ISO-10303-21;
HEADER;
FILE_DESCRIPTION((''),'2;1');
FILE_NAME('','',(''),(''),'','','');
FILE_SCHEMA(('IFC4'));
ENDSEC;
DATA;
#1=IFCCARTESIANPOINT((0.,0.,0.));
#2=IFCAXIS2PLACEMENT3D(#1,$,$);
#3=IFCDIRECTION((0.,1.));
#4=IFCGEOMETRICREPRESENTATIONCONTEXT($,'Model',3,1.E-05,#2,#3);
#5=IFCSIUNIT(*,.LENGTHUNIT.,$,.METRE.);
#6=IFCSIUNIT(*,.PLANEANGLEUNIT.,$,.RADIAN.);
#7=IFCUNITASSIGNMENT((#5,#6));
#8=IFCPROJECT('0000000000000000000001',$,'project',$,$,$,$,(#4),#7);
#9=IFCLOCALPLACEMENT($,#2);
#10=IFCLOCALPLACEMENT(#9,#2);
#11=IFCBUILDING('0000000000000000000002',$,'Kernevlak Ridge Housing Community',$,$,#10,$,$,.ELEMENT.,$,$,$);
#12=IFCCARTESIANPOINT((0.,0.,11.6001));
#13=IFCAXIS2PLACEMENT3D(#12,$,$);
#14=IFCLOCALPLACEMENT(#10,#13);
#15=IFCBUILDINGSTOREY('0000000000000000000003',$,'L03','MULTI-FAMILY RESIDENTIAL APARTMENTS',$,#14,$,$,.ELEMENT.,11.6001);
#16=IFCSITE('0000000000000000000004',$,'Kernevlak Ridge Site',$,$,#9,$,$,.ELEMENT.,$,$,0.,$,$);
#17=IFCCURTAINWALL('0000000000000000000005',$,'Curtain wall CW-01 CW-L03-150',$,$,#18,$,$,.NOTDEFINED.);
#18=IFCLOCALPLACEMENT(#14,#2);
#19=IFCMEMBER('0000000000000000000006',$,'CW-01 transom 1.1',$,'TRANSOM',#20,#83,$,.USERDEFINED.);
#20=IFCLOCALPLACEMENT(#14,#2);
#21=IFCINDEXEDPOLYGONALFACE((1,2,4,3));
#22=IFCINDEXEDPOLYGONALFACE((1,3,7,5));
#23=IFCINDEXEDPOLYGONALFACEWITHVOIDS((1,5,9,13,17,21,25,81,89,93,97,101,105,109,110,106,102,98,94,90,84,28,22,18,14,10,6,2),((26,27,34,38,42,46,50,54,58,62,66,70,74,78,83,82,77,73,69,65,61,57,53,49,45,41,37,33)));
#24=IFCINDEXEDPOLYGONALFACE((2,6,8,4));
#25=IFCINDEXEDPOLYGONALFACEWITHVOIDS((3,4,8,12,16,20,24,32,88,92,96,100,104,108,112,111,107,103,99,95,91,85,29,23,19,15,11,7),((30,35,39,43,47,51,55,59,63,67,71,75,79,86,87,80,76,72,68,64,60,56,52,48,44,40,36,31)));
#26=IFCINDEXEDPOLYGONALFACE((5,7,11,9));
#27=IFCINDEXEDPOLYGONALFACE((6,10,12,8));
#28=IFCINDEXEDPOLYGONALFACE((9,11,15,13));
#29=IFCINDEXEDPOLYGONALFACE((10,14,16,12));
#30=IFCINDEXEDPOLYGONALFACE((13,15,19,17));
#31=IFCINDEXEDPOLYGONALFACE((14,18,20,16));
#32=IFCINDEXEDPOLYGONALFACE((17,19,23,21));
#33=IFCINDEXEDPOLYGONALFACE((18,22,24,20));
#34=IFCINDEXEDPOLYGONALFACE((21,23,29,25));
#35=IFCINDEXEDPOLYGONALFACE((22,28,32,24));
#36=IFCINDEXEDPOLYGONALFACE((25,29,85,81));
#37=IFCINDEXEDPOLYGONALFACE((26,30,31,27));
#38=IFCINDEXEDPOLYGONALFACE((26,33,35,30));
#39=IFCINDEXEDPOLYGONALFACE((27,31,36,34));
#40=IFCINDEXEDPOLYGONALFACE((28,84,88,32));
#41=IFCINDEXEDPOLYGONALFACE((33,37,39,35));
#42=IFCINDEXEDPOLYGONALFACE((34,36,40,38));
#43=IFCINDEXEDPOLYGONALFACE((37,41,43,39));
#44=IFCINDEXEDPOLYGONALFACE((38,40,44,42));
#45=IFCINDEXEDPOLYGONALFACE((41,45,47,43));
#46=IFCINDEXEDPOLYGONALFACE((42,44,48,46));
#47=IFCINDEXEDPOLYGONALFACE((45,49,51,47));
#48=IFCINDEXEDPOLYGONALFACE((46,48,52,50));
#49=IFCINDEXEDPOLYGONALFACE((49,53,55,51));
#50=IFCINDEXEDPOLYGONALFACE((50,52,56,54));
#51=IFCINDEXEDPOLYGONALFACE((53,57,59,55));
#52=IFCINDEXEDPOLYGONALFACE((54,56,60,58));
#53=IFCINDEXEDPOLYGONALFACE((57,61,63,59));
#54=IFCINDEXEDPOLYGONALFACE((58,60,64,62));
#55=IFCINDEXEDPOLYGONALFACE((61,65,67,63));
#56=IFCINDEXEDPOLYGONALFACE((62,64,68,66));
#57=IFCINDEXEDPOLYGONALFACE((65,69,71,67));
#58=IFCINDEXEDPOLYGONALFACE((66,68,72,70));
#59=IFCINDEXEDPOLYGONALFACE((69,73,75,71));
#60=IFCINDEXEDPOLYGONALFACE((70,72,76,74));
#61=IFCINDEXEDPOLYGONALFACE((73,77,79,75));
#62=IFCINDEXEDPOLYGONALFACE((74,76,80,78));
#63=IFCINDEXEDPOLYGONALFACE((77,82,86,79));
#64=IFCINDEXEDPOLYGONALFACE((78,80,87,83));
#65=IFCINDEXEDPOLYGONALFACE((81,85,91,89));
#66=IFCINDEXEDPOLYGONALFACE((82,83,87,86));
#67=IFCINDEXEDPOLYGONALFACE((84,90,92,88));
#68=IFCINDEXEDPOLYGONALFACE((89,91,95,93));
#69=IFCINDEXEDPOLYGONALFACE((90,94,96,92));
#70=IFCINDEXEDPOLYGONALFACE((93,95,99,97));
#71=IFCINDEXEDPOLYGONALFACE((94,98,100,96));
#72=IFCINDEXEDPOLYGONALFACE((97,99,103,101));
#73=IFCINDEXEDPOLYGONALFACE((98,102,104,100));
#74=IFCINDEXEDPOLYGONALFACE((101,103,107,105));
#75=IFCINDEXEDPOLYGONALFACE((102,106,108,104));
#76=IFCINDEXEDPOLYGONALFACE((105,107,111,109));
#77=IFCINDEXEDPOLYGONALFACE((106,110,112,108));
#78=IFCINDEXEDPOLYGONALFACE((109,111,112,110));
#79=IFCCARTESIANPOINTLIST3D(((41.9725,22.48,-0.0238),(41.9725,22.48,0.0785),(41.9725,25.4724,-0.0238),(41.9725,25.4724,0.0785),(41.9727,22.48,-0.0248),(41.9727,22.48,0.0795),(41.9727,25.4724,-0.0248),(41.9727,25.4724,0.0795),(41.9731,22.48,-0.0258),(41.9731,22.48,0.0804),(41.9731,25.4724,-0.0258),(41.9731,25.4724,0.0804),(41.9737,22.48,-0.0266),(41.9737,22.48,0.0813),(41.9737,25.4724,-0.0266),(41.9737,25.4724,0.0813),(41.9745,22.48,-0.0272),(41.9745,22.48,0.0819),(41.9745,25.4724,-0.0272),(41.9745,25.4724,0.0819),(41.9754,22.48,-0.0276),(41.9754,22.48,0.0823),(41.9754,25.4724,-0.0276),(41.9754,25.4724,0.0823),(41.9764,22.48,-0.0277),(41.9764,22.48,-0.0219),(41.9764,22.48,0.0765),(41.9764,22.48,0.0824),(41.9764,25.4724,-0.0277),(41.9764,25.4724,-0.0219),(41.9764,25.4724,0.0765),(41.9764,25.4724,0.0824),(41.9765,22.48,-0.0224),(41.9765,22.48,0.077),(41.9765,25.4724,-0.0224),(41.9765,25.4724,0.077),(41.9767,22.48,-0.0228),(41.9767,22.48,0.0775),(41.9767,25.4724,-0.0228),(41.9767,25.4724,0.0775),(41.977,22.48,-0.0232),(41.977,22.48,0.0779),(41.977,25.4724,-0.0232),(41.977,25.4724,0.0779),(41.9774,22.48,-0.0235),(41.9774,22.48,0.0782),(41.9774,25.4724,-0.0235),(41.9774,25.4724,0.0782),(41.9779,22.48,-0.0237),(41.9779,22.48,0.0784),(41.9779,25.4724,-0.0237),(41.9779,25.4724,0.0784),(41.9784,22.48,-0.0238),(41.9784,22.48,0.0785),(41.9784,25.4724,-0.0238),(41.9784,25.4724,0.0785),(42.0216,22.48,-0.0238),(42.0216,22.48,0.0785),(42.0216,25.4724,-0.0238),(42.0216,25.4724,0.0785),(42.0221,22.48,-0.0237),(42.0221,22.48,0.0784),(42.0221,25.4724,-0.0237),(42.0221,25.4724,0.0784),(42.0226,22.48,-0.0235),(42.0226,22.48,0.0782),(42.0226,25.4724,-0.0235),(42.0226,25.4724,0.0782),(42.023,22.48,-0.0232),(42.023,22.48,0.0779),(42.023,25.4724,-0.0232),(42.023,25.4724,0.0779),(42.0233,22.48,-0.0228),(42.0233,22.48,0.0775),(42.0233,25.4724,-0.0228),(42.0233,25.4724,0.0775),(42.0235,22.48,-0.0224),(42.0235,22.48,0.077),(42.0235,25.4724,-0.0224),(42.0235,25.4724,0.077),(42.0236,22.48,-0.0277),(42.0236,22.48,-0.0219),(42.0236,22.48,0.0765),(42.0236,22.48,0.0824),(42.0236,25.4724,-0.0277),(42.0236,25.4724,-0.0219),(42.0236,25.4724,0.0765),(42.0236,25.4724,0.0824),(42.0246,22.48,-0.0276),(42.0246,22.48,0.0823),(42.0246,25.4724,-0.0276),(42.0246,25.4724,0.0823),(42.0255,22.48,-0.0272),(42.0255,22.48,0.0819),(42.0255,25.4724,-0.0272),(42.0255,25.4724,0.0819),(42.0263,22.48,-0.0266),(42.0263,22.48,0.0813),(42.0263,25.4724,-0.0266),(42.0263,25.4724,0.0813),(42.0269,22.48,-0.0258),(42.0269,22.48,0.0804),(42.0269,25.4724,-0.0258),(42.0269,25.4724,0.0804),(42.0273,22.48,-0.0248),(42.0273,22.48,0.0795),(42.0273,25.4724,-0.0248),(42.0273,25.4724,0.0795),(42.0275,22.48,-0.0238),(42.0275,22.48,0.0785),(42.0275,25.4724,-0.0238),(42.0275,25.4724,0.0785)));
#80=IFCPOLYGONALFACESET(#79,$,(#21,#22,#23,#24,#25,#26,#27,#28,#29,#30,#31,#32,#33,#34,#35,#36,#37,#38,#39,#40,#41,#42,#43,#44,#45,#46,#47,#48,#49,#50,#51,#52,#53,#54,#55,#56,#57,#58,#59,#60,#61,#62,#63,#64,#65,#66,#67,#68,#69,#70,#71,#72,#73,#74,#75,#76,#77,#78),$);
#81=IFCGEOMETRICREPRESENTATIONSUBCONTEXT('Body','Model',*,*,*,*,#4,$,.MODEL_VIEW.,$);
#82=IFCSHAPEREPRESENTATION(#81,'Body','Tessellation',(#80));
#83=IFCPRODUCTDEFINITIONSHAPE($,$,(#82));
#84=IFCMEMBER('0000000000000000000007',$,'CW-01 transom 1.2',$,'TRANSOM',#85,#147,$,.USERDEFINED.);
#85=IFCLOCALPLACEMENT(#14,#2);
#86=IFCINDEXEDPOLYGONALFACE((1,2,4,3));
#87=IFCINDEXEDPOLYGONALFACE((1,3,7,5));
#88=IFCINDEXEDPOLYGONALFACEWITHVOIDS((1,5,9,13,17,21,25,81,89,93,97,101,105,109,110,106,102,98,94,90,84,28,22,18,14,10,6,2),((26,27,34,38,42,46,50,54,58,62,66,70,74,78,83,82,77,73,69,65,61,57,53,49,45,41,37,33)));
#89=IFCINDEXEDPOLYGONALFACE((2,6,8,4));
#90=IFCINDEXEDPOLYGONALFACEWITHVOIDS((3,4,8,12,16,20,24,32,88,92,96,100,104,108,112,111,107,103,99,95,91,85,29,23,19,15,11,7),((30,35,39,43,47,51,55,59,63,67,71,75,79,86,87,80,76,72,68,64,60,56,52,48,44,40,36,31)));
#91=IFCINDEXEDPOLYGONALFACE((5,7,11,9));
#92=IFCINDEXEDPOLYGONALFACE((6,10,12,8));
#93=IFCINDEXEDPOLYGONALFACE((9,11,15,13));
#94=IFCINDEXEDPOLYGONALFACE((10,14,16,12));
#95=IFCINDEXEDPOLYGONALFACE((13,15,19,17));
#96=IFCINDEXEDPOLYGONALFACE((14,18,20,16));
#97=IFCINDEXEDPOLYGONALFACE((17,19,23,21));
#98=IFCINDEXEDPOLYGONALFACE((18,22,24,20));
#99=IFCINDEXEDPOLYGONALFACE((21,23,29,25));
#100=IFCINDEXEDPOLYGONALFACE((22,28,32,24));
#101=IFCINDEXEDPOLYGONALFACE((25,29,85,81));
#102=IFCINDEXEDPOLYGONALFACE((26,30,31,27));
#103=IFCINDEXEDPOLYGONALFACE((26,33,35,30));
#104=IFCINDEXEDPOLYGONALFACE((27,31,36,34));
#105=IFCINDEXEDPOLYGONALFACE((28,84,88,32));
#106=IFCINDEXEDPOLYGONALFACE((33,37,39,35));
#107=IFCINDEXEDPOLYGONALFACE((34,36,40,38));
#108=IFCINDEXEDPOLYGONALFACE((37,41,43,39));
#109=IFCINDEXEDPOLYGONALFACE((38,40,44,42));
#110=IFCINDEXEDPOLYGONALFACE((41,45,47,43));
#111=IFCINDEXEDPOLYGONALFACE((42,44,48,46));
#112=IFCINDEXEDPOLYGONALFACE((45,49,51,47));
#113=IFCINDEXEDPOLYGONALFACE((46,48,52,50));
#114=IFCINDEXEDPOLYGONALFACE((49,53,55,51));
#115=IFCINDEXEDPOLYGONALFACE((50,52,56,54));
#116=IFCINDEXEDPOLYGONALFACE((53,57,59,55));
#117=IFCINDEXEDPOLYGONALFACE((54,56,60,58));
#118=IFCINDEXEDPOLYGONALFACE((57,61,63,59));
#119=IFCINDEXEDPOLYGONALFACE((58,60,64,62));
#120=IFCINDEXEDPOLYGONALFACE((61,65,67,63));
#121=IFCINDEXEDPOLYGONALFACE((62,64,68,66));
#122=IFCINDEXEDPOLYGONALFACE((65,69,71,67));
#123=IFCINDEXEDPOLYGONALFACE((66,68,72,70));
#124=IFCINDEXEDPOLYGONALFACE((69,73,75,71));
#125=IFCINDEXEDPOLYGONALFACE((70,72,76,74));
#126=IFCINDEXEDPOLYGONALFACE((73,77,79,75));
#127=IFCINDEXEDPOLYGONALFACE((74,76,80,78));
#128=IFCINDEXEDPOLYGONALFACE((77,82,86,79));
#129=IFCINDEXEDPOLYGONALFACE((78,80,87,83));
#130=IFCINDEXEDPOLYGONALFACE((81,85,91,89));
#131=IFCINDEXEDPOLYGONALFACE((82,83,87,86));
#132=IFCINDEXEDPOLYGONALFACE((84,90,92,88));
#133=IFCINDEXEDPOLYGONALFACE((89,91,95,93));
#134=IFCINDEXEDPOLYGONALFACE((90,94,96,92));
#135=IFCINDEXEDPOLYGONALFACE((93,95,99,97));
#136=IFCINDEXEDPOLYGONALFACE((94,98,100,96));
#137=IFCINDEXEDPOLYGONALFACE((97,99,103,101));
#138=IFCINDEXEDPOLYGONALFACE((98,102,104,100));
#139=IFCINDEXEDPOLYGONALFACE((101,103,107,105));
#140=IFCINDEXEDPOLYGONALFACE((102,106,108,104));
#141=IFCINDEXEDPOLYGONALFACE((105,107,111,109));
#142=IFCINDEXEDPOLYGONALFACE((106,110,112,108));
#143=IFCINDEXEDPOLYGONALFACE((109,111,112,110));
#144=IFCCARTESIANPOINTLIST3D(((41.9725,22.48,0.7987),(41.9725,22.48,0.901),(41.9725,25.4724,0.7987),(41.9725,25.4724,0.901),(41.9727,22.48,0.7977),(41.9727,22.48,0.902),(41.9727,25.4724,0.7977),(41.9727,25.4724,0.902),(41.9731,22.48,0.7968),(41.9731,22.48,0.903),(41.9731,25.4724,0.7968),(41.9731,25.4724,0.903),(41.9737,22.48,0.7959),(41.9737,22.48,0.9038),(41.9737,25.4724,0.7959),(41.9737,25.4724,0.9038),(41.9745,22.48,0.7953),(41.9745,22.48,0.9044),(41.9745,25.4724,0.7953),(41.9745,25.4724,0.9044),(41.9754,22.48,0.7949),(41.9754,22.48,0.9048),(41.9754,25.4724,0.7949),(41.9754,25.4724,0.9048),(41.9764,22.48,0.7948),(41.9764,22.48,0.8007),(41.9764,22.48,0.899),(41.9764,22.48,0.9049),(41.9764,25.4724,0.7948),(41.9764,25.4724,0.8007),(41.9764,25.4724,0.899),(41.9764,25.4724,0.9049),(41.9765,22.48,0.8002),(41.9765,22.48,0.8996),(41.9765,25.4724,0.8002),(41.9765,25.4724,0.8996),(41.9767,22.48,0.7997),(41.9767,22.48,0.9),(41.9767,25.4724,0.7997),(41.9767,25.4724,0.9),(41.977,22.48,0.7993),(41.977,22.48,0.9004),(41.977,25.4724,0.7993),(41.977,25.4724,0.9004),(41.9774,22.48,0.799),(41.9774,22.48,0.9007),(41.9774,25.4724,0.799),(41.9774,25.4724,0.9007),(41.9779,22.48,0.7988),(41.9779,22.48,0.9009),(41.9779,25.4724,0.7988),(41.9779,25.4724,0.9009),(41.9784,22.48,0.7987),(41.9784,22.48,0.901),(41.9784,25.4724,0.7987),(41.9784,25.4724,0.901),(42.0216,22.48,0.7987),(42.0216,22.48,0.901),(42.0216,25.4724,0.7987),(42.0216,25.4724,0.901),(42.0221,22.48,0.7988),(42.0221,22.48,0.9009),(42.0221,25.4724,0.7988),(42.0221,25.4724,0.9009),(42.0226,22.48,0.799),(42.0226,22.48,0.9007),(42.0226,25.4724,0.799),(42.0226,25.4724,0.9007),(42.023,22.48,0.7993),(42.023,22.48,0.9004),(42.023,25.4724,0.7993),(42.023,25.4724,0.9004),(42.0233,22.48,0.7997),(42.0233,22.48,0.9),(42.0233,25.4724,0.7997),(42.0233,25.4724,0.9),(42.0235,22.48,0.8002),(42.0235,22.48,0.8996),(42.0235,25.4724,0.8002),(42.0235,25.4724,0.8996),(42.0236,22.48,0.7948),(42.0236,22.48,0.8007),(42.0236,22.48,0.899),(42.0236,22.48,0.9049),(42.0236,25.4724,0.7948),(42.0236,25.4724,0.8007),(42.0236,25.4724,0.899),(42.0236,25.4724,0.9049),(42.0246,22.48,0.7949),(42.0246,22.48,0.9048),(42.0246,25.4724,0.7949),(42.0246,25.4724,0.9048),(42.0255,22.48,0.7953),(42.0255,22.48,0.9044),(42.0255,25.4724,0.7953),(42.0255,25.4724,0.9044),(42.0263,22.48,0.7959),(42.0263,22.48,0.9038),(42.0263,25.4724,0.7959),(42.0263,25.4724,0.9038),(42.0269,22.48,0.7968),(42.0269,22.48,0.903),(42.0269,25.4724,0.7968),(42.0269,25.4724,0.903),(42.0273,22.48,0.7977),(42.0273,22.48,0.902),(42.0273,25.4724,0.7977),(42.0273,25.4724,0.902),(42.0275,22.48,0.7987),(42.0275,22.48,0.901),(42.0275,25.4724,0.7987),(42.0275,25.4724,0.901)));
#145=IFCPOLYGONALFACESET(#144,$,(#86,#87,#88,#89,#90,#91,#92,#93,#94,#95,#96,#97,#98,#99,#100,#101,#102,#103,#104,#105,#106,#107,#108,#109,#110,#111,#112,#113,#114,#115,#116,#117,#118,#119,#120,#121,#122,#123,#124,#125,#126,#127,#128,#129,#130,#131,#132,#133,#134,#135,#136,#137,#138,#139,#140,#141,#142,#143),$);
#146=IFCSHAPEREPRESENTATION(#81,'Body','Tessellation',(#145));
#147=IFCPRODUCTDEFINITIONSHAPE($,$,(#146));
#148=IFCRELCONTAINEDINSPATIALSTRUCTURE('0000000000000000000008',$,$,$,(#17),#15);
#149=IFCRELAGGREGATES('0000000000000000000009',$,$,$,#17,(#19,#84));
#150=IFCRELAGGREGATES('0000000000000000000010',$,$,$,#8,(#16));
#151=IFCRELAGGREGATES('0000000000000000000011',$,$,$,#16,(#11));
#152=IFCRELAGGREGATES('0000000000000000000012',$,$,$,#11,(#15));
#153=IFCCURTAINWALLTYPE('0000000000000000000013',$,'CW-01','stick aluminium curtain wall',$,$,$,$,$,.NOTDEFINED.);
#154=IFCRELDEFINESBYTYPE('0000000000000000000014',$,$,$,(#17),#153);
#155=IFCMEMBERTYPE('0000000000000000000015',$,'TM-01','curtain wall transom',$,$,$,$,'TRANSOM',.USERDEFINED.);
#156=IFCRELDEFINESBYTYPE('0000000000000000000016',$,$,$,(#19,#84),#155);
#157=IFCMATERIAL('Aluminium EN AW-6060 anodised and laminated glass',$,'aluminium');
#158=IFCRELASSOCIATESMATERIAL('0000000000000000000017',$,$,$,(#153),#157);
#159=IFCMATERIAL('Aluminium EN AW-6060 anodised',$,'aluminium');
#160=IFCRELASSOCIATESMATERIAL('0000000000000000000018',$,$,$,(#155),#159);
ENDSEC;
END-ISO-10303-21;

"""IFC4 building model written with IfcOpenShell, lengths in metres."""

from ifc_helpers import new_model, si_unit, direction, frame, origin, origin_2d, place, context, subcontext, project, spatial, hollow_rectangle, extrude, material, material_profile, profile_set, type_object, element, aggregate, save


model = new_model("IFC4")

# Units and contexts
model_context = context("Model", 3, precision=1e-05, world=origin(), true_north=direction((0.0, 1.0)))
body_context = subcontext(model_context, "Body", "Model", "MODEL_VIEW")
ifc_project = project(units=[si_unit("LENGTHUNIT", "METRE"), si_unit("PLANEANGLEUNIT", "RADIAN")], contexts=[model_context])

# Site, building, storey
site_placement = place(None, origin())
site = spatial("IfcSite", under=ifc_project, at=site_placement, Name="Kernevlak Ridge Site", CompositionType="ELEMENT", RefElevation=0.0)
building_placement = place(site_placement, origin())
building = spatial("IfcBuilding", under=site, at=building_placement, Name="Kernevlak Ridge Housing Community", CompositionType="ELEMENT")
storey_placement = place(building_placement, frame((0.0, 0.0, 11.6001)))
storey = spatial("IfcBuildingStorey", under=building, at=storey_placement, Name="L03", Description="MULTI-FAMILY RESIDENTIAL APARTMENTS", CompositionType="ELEMENT", Elevation=11.6001)

# Curtain wall
ifc_material_1 = material(Name="Aluminium EN AW-6060 anodised and laminated glass", Category="aluminium")
curtain_wall_type = type_object("IfcCurtainWallType", Name="CW-01", Description="stick aluminium curtain wall", PredefinedType="NOTDEFINED", material=ifc_material_1)
curtain_wall_placement = place(storey_placement, origin())
curtain_wall = element("IfcCurtainWall", 1, at=curtain_wall_placement, inside=storey, type_object=curtain_wall_type, Name="Curtain wall CW-01 CW-L03-150", PredefinedType="NOTDEFINED")
ifc_material_2 = material(Name="Aluminium EN AW-6060 anodised", Category="aluminium")

# Members
ifc_material_profile_1 = material_profile(ifc_material_2, hollow_rectangle(XDim=0.0549, YDim=0.1101, WallThickness=0.0039, InnerFilletRadius=0.002, OuterFilletRadius=0.0039, at=origin_2d()), Name="ALU 55x110x4")
ifc_profile_set_1 = profile_set([ifc_material_profile_1], Name="Aluminium EN AW-6060 anodised")
member_type_1 = type_object("IfcMemberType", Name="TM-01", Description="curtain wall transom", ElementType="TRANSOM", PredefinedType="USERDEFINED", material=ifc_profile_set_1)
member_1_placement = place(storey_placement, frame((42.0, 22.48, 0.0273), z_axis=(0.0, 1.0, 0.0), x_axis=(-1.0, 0.0, 0.0)))
member_1 = element("IfcMember", 2, at=member_1_placement, type_object=member_type_1, Name="CW-01 transom 1.1", ObjectType="TRANSOM", PredefinedType="USERDEFINED", context=body_context, shape_type="SweptSolid", body=[
    extrude(hollow_rectangle(XDim=0.0549, YDim=0.1101, WallThickness=0.0039, InnerFilletRadius=0.002, OuterFilletRadius=0.0039, at=origin_2d()), origin(), (0.0, 0.0, 1.0), 2.9924),
])
member_2_placement = place(storey_placement, frame((42.0, 22.48, 0.8499), z_axis=(0.0, 1.0, 0.0), x_axis=(-1.0, 0.0, 0.0)))
member_2 = element("IfcMember", 3, at=member_2_placement, type_object=member_type_1, Name="CW-01 transom 1.2", ObjectType="TRANSOM", PredefinedType="USERDEFINED", context=body_context, shape_type="SweptSolid", body=[
    extrude(hollow_rectangle(XDim=0.0549, YDim=0.1101, WallThickness=0.0039, InnerFilletRadius=0.002, OuterFilletRadius=0.0039, at=origin_2d()), origin(), (0.0, 0.0, 1.0), 2.9924),
])

aggregate(curtain_wall, [member_1, member_2])

save(model, "model.ifc")
